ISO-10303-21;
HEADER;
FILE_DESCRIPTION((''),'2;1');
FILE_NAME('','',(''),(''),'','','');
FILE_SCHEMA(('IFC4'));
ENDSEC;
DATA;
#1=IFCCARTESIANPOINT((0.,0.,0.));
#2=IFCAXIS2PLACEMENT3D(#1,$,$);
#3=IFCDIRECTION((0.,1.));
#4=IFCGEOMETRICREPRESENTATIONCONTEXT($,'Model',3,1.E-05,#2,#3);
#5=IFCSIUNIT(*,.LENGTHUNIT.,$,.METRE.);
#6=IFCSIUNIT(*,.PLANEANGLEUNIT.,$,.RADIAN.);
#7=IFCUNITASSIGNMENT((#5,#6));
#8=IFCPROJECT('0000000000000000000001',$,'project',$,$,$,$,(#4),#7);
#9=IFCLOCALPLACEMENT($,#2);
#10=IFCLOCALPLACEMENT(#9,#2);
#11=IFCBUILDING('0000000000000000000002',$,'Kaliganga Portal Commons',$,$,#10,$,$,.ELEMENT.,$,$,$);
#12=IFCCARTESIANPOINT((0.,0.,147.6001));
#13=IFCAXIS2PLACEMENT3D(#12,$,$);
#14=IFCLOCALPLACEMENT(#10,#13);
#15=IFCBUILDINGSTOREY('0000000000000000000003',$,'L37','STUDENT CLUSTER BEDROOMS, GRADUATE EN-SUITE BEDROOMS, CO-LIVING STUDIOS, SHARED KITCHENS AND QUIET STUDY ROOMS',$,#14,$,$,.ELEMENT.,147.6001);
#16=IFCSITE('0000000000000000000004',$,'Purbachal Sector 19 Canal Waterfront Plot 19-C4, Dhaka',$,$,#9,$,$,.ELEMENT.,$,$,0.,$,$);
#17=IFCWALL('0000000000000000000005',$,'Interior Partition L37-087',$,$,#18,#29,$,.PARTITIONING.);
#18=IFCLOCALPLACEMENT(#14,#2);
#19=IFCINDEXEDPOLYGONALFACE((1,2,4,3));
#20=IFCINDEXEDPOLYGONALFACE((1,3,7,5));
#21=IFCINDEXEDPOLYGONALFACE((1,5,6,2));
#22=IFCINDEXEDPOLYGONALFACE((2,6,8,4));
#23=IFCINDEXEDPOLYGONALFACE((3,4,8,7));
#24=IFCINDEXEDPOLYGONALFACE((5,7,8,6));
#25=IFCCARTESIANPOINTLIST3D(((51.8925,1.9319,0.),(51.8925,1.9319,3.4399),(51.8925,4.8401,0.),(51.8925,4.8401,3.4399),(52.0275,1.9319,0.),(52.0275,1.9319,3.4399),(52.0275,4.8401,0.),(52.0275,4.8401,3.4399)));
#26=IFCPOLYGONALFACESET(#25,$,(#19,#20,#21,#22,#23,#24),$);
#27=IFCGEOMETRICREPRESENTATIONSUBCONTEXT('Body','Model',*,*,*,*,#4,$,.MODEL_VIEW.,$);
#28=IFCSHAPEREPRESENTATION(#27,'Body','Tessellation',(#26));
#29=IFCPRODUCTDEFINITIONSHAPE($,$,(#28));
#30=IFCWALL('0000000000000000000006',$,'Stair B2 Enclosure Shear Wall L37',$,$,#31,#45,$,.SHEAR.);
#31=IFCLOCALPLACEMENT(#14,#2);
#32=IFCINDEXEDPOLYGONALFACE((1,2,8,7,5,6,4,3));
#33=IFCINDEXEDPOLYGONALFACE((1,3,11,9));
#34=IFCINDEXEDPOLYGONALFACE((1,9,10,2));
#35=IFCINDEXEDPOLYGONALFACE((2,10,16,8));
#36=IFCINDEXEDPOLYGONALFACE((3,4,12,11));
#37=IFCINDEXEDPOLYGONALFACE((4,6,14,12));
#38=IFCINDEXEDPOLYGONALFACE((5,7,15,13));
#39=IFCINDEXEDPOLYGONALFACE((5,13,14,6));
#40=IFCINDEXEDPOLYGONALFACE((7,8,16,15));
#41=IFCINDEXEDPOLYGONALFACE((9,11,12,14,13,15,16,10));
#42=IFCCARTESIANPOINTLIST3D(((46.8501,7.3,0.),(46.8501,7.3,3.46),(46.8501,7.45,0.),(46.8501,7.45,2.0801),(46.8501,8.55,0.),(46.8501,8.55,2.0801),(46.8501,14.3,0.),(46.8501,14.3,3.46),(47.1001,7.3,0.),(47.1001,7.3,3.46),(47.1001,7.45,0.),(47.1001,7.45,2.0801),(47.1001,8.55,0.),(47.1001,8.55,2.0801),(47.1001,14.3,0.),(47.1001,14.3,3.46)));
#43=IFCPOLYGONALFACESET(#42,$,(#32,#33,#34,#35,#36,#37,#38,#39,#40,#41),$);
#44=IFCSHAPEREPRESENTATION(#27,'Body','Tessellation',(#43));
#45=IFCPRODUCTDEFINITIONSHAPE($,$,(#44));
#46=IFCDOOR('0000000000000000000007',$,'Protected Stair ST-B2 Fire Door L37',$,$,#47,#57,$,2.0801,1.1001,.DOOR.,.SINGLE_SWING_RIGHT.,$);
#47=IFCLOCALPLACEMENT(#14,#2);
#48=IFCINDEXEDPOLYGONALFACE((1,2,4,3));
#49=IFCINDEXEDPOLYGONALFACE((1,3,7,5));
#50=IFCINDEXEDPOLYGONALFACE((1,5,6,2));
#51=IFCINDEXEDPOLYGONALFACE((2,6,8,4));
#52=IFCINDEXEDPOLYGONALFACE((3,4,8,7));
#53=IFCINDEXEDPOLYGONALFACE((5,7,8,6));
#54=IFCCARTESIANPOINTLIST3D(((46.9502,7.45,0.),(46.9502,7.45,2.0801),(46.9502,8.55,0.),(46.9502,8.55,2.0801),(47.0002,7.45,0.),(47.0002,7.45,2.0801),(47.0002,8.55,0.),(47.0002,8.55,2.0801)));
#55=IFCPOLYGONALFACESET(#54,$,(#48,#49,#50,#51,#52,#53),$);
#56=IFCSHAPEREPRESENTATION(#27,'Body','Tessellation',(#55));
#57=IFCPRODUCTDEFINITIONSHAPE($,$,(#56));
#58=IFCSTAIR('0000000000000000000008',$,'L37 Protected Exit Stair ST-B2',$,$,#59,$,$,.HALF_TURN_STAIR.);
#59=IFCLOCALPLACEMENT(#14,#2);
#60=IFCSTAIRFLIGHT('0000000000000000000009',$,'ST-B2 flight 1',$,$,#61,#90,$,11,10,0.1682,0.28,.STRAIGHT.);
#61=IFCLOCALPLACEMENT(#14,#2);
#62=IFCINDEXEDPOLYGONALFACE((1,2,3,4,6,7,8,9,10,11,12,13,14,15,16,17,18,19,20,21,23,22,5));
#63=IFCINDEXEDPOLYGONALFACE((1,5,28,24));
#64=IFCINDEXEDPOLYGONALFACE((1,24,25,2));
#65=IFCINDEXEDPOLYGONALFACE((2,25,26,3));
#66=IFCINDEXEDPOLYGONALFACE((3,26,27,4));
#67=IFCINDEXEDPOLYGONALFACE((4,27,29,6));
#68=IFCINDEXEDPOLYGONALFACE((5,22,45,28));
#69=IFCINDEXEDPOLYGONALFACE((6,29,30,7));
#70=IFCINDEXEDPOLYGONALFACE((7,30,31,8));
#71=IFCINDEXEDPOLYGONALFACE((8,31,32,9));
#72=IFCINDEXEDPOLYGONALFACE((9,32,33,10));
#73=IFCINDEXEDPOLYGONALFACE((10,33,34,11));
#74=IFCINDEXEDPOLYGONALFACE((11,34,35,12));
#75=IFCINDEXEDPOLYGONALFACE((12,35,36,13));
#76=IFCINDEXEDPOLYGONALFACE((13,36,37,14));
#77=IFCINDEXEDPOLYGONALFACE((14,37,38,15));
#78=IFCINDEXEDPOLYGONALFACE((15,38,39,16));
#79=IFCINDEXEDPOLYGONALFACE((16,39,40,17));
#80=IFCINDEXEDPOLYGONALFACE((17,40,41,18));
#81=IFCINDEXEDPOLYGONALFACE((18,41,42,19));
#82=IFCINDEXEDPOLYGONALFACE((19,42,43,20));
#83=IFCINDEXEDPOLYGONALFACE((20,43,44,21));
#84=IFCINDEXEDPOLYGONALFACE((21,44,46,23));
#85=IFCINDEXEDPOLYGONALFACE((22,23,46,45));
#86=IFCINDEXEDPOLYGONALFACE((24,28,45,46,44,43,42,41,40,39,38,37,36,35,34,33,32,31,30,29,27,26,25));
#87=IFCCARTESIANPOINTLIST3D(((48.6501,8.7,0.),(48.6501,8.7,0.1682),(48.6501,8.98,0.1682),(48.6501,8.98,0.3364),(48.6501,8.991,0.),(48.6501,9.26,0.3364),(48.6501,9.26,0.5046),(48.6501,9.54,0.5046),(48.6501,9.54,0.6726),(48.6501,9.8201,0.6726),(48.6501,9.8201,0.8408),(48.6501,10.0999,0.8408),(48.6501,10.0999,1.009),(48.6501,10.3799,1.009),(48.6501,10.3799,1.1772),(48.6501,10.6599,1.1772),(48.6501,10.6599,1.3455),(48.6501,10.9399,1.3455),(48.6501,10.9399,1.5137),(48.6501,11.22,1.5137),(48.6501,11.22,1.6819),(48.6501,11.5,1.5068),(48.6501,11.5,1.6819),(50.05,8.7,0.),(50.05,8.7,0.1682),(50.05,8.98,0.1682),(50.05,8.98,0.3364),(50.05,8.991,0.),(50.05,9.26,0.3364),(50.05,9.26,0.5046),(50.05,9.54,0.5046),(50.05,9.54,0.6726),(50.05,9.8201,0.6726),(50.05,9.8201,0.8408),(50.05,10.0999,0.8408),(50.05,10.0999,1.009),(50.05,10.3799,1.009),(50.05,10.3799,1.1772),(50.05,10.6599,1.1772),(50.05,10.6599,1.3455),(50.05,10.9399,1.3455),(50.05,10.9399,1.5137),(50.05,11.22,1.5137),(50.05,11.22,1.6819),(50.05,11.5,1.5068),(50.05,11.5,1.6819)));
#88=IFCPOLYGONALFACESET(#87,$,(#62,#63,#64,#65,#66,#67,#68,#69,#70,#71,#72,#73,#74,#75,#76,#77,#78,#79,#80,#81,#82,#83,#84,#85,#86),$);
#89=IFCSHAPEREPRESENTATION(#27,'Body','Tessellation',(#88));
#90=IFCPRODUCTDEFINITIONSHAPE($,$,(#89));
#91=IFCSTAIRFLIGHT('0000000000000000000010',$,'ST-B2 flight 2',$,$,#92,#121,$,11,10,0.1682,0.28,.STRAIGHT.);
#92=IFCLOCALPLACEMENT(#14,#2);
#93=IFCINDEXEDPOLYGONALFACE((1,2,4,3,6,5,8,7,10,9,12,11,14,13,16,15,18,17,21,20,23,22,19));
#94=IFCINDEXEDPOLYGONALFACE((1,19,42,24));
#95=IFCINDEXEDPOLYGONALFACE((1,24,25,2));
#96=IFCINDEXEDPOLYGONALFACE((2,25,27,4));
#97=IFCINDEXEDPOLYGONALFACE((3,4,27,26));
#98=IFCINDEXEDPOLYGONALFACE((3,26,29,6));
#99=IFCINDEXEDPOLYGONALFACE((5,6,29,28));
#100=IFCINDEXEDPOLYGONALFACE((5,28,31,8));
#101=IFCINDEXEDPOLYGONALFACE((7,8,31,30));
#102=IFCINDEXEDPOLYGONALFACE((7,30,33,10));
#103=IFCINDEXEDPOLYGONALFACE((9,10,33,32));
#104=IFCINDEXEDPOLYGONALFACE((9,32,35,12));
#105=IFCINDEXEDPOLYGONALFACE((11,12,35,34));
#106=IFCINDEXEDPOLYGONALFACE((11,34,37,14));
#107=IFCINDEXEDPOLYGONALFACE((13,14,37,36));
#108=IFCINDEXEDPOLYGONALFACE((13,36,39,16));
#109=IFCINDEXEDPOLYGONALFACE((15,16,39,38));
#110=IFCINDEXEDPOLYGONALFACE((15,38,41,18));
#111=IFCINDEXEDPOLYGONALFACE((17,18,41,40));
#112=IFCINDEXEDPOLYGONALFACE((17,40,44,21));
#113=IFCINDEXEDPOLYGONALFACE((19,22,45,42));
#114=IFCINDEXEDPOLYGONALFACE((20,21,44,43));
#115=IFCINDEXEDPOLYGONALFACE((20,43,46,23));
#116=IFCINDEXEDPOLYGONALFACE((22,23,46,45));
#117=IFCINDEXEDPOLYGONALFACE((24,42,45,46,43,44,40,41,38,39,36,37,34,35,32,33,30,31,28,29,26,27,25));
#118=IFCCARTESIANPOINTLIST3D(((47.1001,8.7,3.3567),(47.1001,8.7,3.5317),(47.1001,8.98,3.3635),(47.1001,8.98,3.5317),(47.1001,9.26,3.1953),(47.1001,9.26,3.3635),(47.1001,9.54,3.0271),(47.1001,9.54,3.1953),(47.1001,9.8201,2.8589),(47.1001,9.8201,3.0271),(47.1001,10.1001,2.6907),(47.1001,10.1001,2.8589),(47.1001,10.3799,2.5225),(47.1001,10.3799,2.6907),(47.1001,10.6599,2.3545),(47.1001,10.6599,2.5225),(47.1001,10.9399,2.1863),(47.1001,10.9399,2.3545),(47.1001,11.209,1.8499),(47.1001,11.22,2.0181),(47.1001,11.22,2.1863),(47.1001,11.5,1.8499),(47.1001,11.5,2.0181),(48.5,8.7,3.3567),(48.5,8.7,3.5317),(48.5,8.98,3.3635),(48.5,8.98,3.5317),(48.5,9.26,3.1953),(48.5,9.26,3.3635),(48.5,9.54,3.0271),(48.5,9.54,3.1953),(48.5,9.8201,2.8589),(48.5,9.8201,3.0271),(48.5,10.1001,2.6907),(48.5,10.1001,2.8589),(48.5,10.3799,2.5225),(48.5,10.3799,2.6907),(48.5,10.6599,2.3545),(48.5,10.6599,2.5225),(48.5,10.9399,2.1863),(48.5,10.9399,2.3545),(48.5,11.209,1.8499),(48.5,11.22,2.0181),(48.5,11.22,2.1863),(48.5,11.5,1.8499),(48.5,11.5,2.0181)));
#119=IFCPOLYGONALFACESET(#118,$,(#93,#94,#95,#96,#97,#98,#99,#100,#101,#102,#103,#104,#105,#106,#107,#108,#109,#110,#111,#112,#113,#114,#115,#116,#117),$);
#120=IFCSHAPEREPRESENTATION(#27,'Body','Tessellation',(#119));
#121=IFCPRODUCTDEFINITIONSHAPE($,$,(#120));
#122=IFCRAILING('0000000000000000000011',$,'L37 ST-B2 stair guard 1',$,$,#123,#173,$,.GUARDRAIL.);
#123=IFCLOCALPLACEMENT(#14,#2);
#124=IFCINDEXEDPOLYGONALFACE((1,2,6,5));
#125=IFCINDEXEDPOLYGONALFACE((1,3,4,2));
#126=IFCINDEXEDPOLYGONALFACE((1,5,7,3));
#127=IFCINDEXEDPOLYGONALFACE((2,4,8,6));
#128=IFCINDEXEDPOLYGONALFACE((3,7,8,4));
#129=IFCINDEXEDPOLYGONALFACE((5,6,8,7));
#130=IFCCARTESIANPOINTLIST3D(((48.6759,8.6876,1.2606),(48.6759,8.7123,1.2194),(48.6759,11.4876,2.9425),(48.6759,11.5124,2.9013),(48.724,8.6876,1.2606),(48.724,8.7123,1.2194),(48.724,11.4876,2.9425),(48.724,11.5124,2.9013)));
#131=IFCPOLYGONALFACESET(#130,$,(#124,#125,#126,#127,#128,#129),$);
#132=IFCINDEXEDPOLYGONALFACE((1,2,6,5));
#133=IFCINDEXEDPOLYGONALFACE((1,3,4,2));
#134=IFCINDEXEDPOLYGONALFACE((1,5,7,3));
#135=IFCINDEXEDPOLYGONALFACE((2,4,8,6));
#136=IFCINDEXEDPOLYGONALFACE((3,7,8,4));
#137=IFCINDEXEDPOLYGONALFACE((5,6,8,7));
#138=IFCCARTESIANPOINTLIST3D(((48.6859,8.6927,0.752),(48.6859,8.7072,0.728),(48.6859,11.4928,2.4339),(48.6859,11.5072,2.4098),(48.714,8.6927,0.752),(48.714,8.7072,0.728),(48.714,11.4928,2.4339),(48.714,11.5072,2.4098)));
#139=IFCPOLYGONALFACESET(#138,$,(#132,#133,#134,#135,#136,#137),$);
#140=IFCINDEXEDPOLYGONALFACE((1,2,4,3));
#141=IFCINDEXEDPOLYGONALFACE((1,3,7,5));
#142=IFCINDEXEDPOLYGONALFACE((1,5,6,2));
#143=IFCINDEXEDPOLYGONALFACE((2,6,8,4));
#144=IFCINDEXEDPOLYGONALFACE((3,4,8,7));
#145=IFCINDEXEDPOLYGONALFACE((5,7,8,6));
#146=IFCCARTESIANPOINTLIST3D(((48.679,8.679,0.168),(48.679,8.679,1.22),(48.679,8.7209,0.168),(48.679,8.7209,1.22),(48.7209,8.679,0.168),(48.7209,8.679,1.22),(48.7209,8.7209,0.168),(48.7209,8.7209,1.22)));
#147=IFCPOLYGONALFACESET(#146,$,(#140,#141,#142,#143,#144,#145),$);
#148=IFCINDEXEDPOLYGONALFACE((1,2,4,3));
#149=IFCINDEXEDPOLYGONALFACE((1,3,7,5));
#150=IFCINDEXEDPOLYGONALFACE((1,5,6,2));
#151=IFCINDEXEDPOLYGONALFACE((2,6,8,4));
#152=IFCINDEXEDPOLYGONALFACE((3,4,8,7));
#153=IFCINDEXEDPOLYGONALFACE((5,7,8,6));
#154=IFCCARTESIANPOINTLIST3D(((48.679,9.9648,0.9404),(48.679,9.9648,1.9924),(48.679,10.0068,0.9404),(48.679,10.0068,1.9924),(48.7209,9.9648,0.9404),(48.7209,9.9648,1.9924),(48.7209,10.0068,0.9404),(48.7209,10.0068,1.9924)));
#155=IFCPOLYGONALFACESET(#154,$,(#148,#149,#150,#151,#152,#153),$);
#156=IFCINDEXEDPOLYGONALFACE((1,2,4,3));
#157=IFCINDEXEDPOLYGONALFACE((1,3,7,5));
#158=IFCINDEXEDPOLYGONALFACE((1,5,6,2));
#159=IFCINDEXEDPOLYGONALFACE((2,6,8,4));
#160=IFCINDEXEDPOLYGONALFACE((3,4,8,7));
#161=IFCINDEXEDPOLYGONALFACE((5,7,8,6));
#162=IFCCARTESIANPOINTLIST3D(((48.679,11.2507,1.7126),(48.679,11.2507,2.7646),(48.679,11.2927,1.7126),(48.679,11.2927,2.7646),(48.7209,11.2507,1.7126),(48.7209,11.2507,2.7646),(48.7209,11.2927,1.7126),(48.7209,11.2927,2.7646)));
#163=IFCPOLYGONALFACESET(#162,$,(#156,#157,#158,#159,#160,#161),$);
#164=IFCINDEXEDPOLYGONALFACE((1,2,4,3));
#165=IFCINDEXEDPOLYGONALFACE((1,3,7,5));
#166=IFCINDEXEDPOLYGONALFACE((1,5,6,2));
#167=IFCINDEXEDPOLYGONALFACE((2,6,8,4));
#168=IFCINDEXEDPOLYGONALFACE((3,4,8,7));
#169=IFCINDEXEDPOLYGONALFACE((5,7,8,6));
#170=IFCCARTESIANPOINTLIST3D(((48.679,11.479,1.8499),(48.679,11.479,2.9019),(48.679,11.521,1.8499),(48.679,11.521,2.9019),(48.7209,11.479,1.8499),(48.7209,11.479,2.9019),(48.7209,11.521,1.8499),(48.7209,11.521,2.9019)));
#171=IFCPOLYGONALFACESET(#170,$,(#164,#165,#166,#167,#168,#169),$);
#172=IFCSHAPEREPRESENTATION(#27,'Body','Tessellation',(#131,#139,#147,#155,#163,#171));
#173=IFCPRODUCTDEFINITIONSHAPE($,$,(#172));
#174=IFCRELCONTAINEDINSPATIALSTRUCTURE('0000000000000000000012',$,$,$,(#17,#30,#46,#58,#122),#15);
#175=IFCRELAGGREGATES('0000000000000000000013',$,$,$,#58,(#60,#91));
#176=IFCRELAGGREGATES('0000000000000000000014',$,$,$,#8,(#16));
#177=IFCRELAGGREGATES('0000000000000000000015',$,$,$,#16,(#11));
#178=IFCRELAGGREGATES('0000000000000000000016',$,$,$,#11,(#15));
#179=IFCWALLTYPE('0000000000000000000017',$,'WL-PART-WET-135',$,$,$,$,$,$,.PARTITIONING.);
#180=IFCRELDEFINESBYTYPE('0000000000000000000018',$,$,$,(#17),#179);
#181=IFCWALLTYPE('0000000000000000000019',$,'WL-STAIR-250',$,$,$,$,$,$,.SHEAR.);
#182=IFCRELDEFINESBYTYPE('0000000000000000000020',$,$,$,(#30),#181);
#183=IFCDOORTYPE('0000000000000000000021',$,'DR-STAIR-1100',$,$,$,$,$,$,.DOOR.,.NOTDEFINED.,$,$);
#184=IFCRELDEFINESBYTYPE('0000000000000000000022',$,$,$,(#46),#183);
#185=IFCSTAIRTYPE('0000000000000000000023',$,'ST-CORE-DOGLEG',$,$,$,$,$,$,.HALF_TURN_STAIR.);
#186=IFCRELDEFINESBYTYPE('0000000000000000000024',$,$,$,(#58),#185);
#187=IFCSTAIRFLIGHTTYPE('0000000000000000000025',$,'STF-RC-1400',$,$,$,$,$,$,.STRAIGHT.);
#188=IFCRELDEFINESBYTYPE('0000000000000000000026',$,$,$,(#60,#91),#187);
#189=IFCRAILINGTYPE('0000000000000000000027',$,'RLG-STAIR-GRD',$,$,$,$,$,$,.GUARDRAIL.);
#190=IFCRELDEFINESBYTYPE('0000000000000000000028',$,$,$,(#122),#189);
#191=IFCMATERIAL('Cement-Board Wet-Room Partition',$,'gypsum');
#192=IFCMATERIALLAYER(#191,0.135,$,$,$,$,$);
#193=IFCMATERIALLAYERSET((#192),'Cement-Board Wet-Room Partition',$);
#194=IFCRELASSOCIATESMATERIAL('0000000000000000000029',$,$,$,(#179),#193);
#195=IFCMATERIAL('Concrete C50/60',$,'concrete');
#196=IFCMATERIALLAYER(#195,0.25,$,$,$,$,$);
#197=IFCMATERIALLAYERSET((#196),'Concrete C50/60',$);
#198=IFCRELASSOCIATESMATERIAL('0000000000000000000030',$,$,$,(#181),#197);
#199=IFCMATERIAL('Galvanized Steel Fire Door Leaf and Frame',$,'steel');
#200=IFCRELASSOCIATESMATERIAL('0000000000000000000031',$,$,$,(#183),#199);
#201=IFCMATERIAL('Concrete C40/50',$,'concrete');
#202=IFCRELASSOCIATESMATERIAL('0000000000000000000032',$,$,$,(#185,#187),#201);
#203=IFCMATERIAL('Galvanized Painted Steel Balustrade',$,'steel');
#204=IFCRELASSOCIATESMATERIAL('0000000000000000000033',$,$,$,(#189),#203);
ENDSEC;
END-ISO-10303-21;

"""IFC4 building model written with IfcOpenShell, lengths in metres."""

from ifc_helpers import new_model, si_unit, direction, frame, frame_2d, origin, origin_2d, place, context, subcontext, project, spatial, polyline, rectangle, outline, extrude, material, layer, layer_set, type_object, element, fill, aggregate, save


model = new_model("IFC4")

# Units and contexts
model_context = context("Model", 3, precision=1e-05, world=origin(), true_north=direction((0.0, 1.0)))
body_context = subcontext(model_context, "Body", "Model", "MODEL_VIEW")
ifc_project = project(units=[si_unit("LENGTHUNIT", "METRE"), si_unit("PLANEANGLEUNIT", "RADIAN")], contexts=[model_context])

# Site, building, storey
site_placement = place(None, origin())
site = spatial("IfcSite", under=ifc_project, at=site_placement, Name="Purbachal Sector 19 Canal Waterfront Plot 19-C4, Dhaka", CompositionType="ELEMENT", RefElevation=0.0)
building_placement = place(site_placement, origin())
building = spatial("IfcBuilding", under=site, at=building_placement, Name="Kaliganga Portal Commons", CompositionType="ELEMENT")
storey_placement = place(building_placement, frame((0.0, 0.0, 147.6001)))
storey = spatial("IfcBuildingStorey", under=building, at=storey_placement, Name="L37", Description="STUDENT CLUSTER BEDROOMS, GRADUATE EN-SUITE BEDROOMS, CO-LIVING STUDIOS, SHARED KITCHENS AND QUIET STUDY ROOMS", CompositionType="ELEMENT", Elevation=147.6001)

# Wall
ifc_material_1 = material(Name="Cement-Board Wet-Room Partition", Category="gypsum")
ifc_layer_1 = layer(ifc_material_1, 0.135)
ifc_layer_set_1 = layer_set([ifc_layer_1], Name="Cement-Board Wet-Room Partition")
wall_type_1 = type_object("IfcWallType", Name="WL-PART-WET-135", PredefinedType="PARTITIONING", material=ifc_layer_set_1)
wall_1_placement = place(storey_placement, frame((51.96, 1.9319, 0.0), z_axis=(0.0, 0.0, 1.0), x_axis=(0.0, 1.0, 0.0)))
element("IfcWall", 1, at=wall_1_placement, inside=storey, type_object=wall_type_1, Name="Interior Partition L37-087", PredefinedType="PARTITIONING", context=body_context, shape_type="SweptSolid", body=[
    extrude(rectangle(XDim=2.9082, YDim=0.135, at=frame_2d((1.4541, 0.0))), origin(), (0.0, 0.0, 1.0), 3.4399),
])

# Wall, opening, door
ifc_material_2 = material(Name="Concrete C50/60", Category="concrete")
ifc_layer_2 = layer(ifc_material_2, 0.25)
ifc_layer_set_2 = layer_set([ifc_layer_2], Name="Concrete C50/60")
wall_type_2 = type_object("IfcWallType", Name="WL-STAIR-250", PredefinedType="SHEAR", material=ifc_layer_set_2)
wall_2_placement = place(storey_placement, frame((46.9751, 7.3, 0.0), z_axis=(0.0, 0.0, 1.0), x_axis=(0.0, 1.0, 0.0)))
wall_2 = element("IfcWall", 2, at=wall_2_placement, inside=storey, type_object=wall_type_2, Name="Stair B2 Enclosure Shear Wall L37", PredefinedType="SHEAR", context=body_context, shape_type="SweptSolid", body=[
    extrude(rectangle(XDim=7.0, YDim=0.25, at=frame_2d((3.5, 0.0))), origin(), (0.0, 0.0, 1.0), 3.46),
])
opening_1_placement = place(wall_2_placement, frame((0.1499, 0.0, 0.0)))
opening_1 = element("IfcOpeningElement", 3, at=opening_1_placement, cuts=wall_2, PredefinedType="OPENING", context=body_context, shape_type="SweptSolid", body=[
    extrude(rectangle(XDim=1.1001, YDim=2.0801, at=frame_2d((0.55, 1.04))), frame((0.0, 0.135, 0.0), z_axis=(0.0, -1.0, 0.0), x_axis=(1.0, 0.0, 0.0)), (0.0, 0.0, 1.0), 0.27),
])
ifc_material_3 = material(Name="Galvanized Steel Fire Door Leaf and Frame", Category="steel")
door_type_1 = type_object("IfcDoorType", Name="DR-STAIR-1100", OperationType="NOTDEFINED", PredefinedType="DOOR", material=ifc_material_3)
door_1_placement = place(opening_1_placement, origin())
door_1 = element("IfcDoor", 4, at=door_1_placement, inside=storey, type_object=door_type_1, Name="Protected Stair ST-B2 Fire Door L37", OperationType="SINGLE_SWING_RIGHT", OverallHeight=2.0801, OverallWidth=1.1001, PredefinedType="DOOR", context=body_context, shape_type="SweptSolid", body=[
    extrude(rectangle(XDim=1.1001, YDim=2.0801, at=frame_2d((0.55, 1.04))), frame((0.0, 0.0249, 0.0), z_axis=(0.0, -1.0, 0.0), x_axis=(1.0, 0.0, 0.0)), (0.0, 0.0, 1.0), 0.05),
])
fill(opening_1, door_1)

# Stair, stair flights
ifc_material_4 = material(Name="Concrete C40/50", Category="concrete")
stair_type = type_object("IfcStairType", Name="ST-CORE-DOGLEG", PredefinedType="HALF_TURN_STAIR", material=ifc_material_4)
stair_placement = place(storey_placement, origin())
stair = element("IfcStair", 5, at=stair_placement, inside=storey, type_object=stair_type, Name="L37 Protected Exit Stair ST-B2", PredefinedType="HALF_TURN_STAIR")
stair_flight_type = type_object("IfcStairFlightType", Name="STF-RC-1400", PredefinedType="STRAIGHT", material=ifc_material_4)
stair_flight_1_placement = place(storey_placement, frame((49.3501, 8.7, 0.0), z_axis=(0.0, 0.0, 1.0), x_axis=(0.0, 1.0, 0.0)))
stair_flight_1 = element("IfcStairFlight", 6, at=stair_flight_1_placement, type_object=stair_flight_type, Name="ST-B2 flight 1", NumberOfRisers=11, NumberOfTreads=10, PredefinedType="STRAIGHT", RiserHeight=0.1682, TreadLength=0.28, context=body_context, shape_type="SweptSolid", body=[
    extrude(outline(polyline([(0.0, 0.0), (0.0, 0.1682), (0.28, 0.1682), (0.28, 0.3364), (0.5601, 0.3364), (0.5601, 0.5046), (0.8401, 0.5046), (0.8401, 0.6726), (1.1201, 0.6726), (1.1201, 0.8408), (1.3999, 0.8408), (1.3999, 1.009), (1.6799, 1.009), (1.6799, 1.1772), (1.96, 1.1772), (1.96, 1.3455), (2.24, 1.3455), (2.24, 1.5137), (2.52, 1.5137), (2.52, 1.6819), (2.8, 1.6819), (2.8, 1.8501), (2.8, 1.5068), (0.291, 0.0), (0.0, 0.0)])), frame((0.0, 0.7, 0.0), z_axis=(0.0, -1.0, 0.0), x_axis=(1.0, 0.0, 0.0)), (0.0, 0.0, 1.0), 1.3999),
])
stair_flight_2_placement = place(storey_placement, frame((47.8, 11.5, 1.8499), z_axis=(0.0, 0.0, 1.0), x_axis=(0.0, -1.0, 0.0)))
stair_flight_2 = element("IfcStairFlight", 7, at=stair_flight_2_placement, type_object=stair_flight_type, Name="ST-B2 flight 2", NumberOfRisers=11, NumberOfTreads=10, PredefinedType="STRAIGHT", RiserHeight=0.1682, TreadLength=0.28, context=body_context, shape_type="SweptSolid", body=[
    extrude(outline(polyline([(0.0, 0.0), (0.0, 0.1682), (0.28, 0.1682), (0.28, 0.3364), (0.5601, 0.3364), (0.5601, 0.5046), (0.8401, 0.5046), (0.8401, 0.6726), (1.1201, 0.6726), (1.1201, 0.8408), (1.3999, 0.8408), (1.3999, 1.009), (1.6799, 1.009), (1.6799, 1.1772), (1.96, 1.1772), (1.96, 1.3455), (2.24, 1.3455), (2.24, 1.5137), (2.52, 1.5137), (2.52, 1.6819), (2.8, 1.6819), (2.8, 1.8501), (2.8, 1.5068), (0.291, 0.0), (0.0, 0.0)])), frame((0.0, 0.7, 0.0), z_axis=(0.0, -1.0, 0.0), x_axis=(1.0, 0.0, 0.0)), (0.0, 0.0, 1.0), 1.3999),
])
aggregate(stair, [stair_flight_1, stair_flight_2])

# Railing
ifc_material_5 = material(Name="Galvanized Painted Steel Balustrade", Category="steel")
railing_type_1 = type_object("IfcRailingType", Name="RLG-STAIR-GRD", PredefinedType="GUARDRAIL", material=ifc_material_5)
railing_1_placement = place(storey_placement, frame((48.7, 8.7, 0.168)))
element("IfcRailing", 8, at=railing_1_placement, inside=storey, type_object=railing_type_1, Name="L37 ST-B2 stair guard 1", PredefinedType="GUARDRAIL", context=body_context, shape_type="SweptSolid", body=[
    extrude(rectangle(XDim=0.0481, YDim=0.0481, at=origin_2d()), frame((0.0, 0.0, 1.072), z_axis=(0.0, 0.857242, 0.514913), x_axis=(-1.0, 0.0, 0.0)), (0.0, 0.0, 1.0), 3.2664),
    extrude(rectangle(XDim=0.0281, YDim=0.0281, at=origin_2d()), frame((0.0, 0.0, 0.572), z_axis=(0.0, 0.857242, 0.514913), x_axis=(-1.0, 0.0, 0.0)), (0.0, 0.0, 1.0), 3.2664),
    extrude(rectangle(XDim=0.042, YDim=0.042, at=origin_2d()), origin(), (0.0, 0.0, 1.0), 1.052),
    extrude(rectangle(XDim=0.042, YDim=0.042, at=origin_2d()), frame((0.0, 1.2859, 0.7725)), (0.0, 0.0, 1.0), 1.052),
    extrude(rectangle(XDim=0.042, YDim=0.042, at=origin_2d()), frame((0.0, 2.5718, 1.5447)), (0.0, 0.0, 1.0), 1.052),
    extrude(rectangle(XDim=0.042, YDim=0.042, at=origin_2d()), frame((0.0, 2.8, 1.6819)), (0.0, 0.0, 1.0), 1.052),
])

save(model, "model.ifc")
